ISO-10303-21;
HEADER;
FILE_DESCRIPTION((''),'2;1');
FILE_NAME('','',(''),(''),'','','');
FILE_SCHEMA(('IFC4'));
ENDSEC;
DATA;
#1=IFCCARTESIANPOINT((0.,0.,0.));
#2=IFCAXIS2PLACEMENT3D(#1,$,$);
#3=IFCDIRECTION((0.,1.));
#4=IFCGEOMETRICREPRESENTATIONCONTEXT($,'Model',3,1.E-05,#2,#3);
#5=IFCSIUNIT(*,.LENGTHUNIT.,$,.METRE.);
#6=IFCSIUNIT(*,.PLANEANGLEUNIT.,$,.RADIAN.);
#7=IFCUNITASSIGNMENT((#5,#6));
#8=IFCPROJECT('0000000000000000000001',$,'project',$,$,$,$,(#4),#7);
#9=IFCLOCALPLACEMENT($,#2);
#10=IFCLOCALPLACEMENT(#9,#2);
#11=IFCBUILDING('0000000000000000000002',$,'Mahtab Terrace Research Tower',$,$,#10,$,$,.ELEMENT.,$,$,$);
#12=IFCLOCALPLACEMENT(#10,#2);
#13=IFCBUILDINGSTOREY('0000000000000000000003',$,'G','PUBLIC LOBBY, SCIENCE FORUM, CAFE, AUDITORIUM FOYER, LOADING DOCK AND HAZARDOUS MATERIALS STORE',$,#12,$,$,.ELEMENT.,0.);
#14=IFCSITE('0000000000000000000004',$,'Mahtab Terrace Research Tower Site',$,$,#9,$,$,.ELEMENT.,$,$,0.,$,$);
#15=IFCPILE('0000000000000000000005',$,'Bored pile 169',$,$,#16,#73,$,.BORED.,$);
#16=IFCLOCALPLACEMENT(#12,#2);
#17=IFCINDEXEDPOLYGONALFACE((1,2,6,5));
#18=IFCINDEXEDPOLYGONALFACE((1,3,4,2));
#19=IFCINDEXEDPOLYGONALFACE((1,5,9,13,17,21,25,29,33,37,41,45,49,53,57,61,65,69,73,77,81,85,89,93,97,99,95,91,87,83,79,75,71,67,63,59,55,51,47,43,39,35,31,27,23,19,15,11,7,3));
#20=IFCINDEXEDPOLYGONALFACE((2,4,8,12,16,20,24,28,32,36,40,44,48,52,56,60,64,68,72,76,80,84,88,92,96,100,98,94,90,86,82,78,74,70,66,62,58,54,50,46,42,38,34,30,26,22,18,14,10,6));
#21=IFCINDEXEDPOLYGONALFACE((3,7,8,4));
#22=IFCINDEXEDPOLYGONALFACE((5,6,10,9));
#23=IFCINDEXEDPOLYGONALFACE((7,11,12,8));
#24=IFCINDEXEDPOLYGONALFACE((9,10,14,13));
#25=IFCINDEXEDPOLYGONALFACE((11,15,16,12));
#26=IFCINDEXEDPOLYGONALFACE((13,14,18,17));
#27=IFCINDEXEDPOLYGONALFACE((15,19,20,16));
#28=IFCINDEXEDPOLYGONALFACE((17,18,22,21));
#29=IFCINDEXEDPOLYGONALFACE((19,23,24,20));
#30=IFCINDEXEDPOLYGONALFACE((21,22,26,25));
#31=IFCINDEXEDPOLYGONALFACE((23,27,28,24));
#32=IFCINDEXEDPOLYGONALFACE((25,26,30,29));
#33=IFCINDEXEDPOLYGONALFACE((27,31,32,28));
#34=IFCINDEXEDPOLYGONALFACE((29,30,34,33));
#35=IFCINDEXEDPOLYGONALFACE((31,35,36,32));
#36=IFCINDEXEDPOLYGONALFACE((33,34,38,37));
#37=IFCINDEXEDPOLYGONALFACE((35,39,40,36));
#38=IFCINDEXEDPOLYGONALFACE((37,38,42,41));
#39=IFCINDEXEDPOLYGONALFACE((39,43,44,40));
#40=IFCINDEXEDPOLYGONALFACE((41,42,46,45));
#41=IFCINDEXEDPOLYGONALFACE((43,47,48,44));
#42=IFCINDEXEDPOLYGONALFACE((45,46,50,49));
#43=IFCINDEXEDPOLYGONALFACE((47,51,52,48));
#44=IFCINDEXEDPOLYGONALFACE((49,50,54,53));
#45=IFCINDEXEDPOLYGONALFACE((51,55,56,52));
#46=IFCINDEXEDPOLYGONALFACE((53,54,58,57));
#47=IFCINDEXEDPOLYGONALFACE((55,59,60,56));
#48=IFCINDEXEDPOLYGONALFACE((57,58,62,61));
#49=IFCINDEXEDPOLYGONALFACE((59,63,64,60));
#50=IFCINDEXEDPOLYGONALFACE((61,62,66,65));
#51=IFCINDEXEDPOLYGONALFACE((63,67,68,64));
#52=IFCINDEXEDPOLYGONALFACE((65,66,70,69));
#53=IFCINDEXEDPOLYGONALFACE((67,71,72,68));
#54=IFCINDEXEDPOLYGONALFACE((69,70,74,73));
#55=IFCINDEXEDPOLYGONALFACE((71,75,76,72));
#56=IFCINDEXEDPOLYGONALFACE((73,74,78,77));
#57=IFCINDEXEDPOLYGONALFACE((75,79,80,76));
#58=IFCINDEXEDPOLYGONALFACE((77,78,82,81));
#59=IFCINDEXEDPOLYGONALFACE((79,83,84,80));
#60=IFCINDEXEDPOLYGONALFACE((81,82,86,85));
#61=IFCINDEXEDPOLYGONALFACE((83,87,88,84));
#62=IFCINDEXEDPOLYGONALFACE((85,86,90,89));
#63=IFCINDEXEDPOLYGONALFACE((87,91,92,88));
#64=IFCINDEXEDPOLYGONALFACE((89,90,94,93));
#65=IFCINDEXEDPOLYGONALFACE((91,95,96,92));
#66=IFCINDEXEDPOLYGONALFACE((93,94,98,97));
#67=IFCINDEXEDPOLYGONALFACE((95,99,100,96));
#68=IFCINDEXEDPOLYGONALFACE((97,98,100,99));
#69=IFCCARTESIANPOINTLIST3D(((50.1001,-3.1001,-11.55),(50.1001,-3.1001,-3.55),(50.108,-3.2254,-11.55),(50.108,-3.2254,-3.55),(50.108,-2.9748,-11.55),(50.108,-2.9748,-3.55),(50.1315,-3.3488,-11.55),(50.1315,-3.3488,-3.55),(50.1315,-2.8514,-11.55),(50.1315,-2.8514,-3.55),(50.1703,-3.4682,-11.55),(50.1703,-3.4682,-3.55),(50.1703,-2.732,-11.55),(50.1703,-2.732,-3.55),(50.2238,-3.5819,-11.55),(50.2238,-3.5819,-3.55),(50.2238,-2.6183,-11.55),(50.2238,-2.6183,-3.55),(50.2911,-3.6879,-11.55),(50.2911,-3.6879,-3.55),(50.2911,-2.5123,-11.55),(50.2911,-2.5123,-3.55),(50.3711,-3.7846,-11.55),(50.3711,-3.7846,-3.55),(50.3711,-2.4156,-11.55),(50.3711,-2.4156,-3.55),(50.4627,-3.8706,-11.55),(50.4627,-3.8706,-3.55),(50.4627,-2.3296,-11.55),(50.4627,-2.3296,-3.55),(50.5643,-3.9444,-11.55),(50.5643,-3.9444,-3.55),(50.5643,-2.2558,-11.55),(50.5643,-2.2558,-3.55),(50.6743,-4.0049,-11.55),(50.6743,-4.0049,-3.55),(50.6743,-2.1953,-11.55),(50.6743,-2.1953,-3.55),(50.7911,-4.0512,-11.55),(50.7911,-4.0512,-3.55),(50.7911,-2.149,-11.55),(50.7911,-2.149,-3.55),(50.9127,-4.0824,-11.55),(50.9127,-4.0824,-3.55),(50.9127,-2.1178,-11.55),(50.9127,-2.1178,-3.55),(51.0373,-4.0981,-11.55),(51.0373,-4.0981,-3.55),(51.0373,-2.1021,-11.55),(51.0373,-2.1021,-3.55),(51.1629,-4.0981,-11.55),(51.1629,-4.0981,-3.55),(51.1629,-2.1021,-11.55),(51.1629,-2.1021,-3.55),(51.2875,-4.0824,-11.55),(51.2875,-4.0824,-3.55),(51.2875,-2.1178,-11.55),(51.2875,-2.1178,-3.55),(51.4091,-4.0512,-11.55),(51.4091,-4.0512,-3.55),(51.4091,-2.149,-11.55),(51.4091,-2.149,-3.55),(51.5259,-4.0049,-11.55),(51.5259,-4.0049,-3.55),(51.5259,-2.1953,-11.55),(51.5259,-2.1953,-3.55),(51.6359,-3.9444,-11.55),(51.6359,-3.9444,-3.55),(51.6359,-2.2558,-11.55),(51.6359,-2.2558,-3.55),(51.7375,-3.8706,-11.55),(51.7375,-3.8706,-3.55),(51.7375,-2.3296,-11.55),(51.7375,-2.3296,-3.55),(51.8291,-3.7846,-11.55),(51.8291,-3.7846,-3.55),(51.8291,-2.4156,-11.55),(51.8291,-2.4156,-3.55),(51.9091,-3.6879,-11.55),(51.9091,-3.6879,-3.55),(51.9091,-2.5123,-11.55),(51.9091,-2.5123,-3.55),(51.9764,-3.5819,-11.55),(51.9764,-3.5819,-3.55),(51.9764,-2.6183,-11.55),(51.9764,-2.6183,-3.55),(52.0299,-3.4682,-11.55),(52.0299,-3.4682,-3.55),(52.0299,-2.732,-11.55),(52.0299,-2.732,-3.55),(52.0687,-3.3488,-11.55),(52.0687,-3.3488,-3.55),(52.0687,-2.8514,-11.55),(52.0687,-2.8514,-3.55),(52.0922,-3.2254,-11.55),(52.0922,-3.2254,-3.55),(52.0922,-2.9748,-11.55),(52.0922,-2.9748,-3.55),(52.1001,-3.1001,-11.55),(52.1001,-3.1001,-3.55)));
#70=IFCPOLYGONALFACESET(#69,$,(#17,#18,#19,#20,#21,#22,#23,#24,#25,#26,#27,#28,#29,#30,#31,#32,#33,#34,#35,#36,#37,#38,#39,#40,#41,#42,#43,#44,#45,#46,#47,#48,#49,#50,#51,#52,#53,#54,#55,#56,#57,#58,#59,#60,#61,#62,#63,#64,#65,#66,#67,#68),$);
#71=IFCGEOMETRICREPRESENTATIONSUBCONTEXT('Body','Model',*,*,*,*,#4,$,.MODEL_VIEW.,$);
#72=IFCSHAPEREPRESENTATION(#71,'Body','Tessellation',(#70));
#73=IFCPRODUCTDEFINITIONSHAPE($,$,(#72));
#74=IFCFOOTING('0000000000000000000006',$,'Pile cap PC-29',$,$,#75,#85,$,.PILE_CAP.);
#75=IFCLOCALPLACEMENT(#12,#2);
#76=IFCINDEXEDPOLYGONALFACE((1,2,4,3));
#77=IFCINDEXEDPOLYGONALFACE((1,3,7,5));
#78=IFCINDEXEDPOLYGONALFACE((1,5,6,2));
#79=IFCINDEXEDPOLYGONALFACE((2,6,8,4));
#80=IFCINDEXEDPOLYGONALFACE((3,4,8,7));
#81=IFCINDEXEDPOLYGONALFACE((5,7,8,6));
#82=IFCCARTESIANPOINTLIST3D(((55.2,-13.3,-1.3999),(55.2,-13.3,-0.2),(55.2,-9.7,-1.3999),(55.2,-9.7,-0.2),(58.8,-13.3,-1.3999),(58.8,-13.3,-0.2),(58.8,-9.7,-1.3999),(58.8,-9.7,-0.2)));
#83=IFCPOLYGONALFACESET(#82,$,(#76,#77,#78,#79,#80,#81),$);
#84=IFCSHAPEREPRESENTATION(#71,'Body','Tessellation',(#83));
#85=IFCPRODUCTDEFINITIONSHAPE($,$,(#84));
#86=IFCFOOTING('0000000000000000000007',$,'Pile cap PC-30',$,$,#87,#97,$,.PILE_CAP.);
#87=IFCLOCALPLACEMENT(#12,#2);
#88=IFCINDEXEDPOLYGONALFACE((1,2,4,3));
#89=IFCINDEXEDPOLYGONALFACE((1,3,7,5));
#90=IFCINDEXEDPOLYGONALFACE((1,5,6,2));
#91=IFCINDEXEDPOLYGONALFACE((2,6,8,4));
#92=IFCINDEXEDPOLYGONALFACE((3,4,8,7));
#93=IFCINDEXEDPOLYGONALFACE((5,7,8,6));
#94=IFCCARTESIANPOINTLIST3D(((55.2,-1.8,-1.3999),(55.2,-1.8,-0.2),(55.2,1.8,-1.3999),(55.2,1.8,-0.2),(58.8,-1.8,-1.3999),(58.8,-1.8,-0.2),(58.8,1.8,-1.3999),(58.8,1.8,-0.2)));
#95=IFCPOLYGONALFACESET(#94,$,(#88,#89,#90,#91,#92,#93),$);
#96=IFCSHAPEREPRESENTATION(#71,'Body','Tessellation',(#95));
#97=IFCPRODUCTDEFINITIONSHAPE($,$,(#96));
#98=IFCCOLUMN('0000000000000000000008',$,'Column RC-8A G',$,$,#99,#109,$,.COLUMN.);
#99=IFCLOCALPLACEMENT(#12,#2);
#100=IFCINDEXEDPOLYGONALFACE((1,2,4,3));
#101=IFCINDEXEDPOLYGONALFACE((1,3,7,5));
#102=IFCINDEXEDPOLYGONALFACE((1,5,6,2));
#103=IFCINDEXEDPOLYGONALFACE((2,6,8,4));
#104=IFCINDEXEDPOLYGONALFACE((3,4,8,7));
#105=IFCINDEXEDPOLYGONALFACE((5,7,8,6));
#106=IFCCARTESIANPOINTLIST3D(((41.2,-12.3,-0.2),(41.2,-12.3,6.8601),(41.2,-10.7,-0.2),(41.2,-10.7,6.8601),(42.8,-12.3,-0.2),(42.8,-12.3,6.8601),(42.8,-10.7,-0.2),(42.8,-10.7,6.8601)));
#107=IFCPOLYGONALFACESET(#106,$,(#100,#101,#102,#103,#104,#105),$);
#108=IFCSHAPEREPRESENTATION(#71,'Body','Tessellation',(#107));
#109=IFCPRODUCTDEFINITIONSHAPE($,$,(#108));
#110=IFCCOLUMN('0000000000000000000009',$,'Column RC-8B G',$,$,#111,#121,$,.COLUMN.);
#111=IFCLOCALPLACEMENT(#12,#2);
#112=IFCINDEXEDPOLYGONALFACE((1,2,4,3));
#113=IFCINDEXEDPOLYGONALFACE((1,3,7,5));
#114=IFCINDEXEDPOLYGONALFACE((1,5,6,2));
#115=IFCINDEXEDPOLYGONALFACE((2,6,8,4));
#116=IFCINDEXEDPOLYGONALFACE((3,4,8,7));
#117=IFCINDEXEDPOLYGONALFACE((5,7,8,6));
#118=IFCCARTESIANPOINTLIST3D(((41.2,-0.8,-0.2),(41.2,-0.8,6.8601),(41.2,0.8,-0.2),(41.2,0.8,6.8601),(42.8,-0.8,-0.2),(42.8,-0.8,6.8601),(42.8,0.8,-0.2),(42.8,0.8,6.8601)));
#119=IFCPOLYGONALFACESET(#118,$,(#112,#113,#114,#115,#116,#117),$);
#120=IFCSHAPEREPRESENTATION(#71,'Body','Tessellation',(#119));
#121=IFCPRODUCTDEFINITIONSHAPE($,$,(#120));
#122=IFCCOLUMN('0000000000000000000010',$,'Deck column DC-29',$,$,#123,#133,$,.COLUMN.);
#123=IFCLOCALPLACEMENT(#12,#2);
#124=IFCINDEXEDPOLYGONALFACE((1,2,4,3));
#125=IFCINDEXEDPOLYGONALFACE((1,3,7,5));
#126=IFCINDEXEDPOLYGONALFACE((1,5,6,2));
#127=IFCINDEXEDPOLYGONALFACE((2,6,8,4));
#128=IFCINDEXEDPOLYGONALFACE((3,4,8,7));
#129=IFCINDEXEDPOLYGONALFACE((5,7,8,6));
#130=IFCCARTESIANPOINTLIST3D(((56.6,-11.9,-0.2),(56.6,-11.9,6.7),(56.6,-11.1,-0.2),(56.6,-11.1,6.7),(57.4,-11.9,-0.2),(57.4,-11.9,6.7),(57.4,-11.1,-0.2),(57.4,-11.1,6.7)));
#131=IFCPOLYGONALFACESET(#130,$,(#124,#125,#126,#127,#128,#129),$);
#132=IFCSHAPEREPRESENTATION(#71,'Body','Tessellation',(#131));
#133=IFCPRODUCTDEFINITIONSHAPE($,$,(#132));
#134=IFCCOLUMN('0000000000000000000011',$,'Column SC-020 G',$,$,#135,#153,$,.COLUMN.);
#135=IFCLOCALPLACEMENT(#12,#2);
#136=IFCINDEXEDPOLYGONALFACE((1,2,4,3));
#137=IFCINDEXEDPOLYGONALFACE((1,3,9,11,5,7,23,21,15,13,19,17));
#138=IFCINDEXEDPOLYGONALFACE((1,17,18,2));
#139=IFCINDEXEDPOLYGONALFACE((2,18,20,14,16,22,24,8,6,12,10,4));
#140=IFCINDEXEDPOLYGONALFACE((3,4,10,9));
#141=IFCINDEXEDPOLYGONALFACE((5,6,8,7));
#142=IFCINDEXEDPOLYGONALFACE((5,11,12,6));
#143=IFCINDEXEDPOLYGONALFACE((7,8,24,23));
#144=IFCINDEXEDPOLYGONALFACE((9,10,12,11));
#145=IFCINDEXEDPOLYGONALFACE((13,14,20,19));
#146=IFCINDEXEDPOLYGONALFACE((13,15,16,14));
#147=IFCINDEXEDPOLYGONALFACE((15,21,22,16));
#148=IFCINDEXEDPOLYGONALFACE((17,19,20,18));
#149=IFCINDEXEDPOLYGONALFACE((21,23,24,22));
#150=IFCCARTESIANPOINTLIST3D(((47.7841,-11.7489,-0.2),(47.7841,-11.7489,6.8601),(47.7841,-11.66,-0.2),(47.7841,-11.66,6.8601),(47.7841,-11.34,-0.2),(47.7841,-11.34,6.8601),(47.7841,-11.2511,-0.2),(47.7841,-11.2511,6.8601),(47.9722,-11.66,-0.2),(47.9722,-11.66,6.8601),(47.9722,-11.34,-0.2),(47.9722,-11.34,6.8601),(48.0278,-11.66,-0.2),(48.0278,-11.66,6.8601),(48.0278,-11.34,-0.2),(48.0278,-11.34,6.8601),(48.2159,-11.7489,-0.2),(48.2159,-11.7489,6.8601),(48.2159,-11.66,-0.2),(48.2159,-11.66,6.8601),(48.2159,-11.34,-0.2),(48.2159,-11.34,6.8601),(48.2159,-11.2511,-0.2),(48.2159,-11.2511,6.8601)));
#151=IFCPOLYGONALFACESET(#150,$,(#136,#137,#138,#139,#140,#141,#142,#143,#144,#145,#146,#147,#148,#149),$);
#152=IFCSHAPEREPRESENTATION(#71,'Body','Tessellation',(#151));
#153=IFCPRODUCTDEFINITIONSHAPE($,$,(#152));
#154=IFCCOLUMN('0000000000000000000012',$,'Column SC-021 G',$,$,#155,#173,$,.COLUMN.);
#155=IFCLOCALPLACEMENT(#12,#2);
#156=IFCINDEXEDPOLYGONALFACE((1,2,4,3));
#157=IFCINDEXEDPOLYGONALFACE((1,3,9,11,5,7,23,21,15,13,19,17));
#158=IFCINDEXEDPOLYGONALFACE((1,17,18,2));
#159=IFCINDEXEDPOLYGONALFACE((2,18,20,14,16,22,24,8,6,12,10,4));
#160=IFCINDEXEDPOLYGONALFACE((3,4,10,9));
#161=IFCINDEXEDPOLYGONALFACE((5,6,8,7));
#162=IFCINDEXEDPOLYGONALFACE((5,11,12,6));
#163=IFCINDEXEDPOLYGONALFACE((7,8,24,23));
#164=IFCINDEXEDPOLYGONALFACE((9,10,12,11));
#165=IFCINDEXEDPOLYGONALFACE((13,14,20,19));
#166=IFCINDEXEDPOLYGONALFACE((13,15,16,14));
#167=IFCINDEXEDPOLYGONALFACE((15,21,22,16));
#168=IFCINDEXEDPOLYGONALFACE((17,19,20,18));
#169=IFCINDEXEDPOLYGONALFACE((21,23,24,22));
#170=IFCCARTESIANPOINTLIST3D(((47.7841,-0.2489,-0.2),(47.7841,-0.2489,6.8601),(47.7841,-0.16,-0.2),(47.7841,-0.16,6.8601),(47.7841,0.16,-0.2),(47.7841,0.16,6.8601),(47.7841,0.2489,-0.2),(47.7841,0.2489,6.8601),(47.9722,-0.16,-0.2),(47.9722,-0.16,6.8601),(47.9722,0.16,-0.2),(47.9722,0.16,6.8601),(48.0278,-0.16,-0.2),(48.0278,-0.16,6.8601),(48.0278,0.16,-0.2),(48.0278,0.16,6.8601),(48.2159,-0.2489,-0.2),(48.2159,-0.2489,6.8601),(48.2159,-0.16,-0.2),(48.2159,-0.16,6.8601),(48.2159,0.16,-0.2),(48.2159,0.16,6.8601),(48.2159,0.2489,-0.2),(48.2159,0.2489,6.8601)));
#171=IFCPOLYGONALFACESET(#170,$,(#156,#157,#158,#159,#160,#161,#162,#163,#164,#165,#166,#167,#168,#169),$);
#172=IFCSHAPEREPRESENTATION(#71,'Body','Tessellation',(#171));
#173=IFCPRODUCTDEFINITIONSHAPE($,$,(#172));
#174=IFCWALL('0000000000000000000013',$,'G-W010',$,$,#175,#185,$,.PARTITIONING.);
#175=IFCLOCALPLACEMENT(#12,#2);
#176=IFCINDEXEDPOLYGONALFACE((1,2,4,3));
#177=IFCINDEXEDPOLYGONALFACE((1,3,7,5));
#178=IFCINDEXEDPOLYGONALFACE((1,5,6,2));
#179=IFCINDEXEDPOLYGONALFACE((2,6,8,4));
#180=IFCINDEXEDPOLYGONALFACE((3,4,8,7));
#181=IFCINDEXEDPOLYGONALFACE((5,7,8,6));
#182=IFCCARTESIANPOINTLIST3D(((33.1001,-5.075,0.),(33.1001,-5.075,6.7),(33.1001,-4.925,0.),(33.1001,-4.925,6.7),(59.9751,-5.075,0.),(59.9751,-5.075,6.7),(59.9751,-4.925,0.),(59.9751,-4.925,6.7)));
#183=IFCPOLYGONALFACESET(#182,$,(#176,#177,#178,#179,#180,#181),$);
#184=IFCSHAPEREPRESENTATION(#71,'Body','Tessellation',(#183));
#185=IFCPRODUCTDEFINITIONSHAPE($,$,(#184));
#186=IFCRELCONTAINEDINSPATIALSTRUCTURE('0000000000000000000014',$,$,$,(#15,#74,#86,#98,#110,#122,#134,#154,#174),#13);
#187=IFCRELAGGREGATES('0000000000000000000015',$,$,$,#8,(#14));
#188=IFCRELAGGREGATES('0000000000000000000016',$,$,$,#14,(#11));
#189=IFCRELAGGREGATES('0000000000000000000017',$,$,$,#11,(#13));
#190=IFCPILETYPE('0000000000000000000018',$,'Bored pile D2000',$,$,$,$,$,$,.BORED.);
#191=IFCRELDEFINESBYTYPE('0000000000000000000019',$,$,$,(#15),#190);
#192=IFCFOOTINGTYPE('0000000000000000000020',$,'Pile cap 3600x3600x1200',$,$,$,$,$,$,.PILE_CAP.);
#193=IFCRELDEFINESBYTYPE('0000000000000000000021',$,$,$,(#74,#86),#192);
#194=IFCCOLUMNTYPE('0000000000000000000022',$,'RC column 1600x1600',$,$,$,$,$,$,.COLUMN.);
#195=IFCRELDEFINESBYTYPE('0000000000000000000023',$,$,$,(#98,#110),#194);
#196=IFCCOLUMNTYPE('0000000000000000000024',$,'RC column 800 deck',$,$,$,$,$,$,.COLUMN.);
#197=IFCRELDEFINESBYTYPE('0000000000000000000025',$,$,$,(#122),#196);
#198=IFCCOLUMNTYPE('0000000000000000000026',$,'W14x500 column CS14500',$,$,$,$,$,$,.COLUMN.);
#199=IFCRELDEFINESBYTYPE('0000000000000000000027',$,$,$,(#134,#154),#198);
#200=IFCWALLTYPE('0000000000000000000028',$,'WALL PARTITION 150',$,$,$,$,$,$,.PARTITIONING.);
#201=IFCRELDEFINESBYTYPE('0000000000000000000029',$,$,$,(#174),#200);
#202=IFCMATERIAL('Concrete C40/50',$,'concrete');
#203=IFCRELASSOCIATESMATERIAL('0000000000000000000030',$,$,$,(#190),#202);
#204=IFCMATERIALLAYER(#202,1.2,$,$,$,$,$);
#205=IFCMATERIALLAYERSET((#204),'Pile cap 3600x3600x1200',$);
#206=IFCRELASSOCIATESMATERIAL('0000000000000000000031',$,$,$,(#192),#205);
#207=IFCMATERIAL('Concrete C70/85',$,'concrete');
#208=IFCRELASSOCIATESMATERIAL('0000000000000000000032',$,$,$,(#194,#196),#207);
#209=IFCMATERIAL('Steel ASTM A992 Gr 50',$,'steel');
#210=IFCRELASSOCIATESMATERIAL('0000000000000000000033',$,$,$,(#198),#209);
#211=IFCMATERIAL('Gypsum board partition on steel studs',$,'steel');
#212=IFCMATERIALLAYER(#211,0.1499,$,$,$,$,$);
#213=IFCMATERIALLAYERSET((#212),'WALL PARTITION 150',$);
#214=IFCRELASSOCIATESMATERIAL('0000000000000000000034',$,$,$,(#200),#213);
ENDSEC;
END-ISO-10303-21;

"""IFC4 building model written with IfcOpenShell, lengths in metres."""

from ifc_helpers import new_model, si_unit, direction, frame, frame_2d, origin, origin_2d, place, context, subcontext, project, spatial, rectangle, circle, i_section, extrude, material, layer, layer_set, material_profile, profile_set, type_object, element, save


model = new_model("IFC4")

# Units and contexts
model_context = context("Model", 3, precision=1e-05, world=origin(), true_north=direction((0.0, 1.0)))
body_context = subcontext(model_context, "Body", "Model", "MODEL_VIEW")
ifc_project = project(units=[si_unit("LENGTHUNIT", "METRE"), si_unit("PLANEANGLEUNIT", "RADIAN")], contexts=[model_context])

# Site, building, storey
site_placement = place(None, origin())
site = spatial("IfcSite", under=ifc_project, at=site_placement, Name="Mahtab Terrace Research Tower Site", CompositionType="ELEMENT", RefElevation=0.0)
building_placement = place(site_placement, origin())
building = spatial("IfcBuilding", under=site, at=building_placement, Name="Mahtab Terrace Research Tower", CompositionType="ELEMENT")
storey_placement = place(building_placement, origin())
storey = spatial("IfcBuildingStorey", under=building, at=storey_placement, Name="G", Description="PUBLIC LOBBY, SCIENCE FORUM, CAFE, AUDITORIUM FOYER, LOADING DOCK AND HAZARDOUS MATERIALS STORE", CompositionType="ELEMENT", Elevation=0.0)

# Pile
ifc_material_1 = material(Name="Concrete C40/50", Category="concrete")
ifc_material_profile_1 = material_profile(ifc_material_1, circle(Radius=1.0, at=origin_2d()), Name="Bored pile D2000")
ifc_profile_set_1 = profile_set([ifc_material_profile_1], Name="Concrete C40/50")
pile_type_1 = type_object("IfcPileType", Name="Bored pile D2000", PredefinedType="BORED", material=ifc_profile_set_1)
for number, where, z_axis, x_axis, name in (
    (1, (51.1001, -3.1001, -3.55), (0.0, 0.0, -1.0), (1.0, 0.0, 0.0), "Bored pile 169"),
):
    element("IfcPile", number, at=place(storey_placement, frame(where, z_axis=z_axis, x_axis=x_axis)), inside=storey, type_object=pile_type_1, Name=name, PredefinedType="BORED", context=body_context, shape_type="SweptSolid", body=[
        extrude(circle(Radius=1.0, at=origin_2d()), origin(), (0.0, 0.0, 1.0), 8.0),
    ])

# Footings
ifc_layer_1 = layer(ifc_material_1, 1.2)
ifc_layer_set_1 = layer_set([ifc_layer_1], Name="Pile cap 3600x3600x1200")
footing_type = type_object("IfcFootingType", Name="Pile cap 3600x3600x1200", PredefinedType="PILE_CAP", material=ifc_layer_set_1)
for number, where, z_axis, x_axis, name in (
    (2, (57.0, -11.5, -1.3999), (0.0, 0.0, 1.0), (1.0, 0.0, 0.0), "Pile cap PC-29"),
    (3, (57.0, 0.0, -1.3999), (0.0, 0.0, 1.0), (1.0, 0.0, 0.0), "Pile cap PC-30"),
):
    element("IfcFooting", number, at=place(storey_placement, frame(where, z_axis=z_axis, x_axis=x_axis)), inside=storey, type_object=footing_type, Name=name, PredefinedType="PILE_CAP", context=body_context, shape_type="SweptSolid", body=[
        extrude(rectangle(XDim=3.6001, YDim=3.6001, at=origin_2d()), origin(), (0.0, 0.0, 1.0), 1.2),
    ])

# Columns
ifc_material_2 = material(Name="Concrete C70/85", Category="concrete")
ifc_material_profile_2 = material_profile(ifc_material_2, rectangle(XDim=1.6001, YDim=1.6001, at=origin_2d()), Name="RC column 1600x1600")
ifc_profile_set_2 = profile_set([ifc_material_profile_2], Name="Concrete C70/85")
column_type_1 = type_object("IfcColumnType", Name="RC column 1600x1600", PredefinedType="COLUMN", material=ifc_profile_set_2)
for number, where, z_axis, x_axis, name in (
    (4, (42.0, -11.5, -0.2), (0.0, 0.0, 1.0), (1.0, 0.0, 0.0), "Column RC-8A G"),
    (5, (42.0, 0.0, -0.2), (0.0, 0.0, 1.0), (1.0, 0.0, 0.0), "Column RC-8B G"),
):
    element("IfcColumn", number, at=place(storey_placement, frame(where, z_axis=z_axis, x_axis=x_axis)), inside=storey, type_object=column_type_1, Name=name, PredefinedType="COLUMN", context=body_context, shape_type="SweptSolid", body=[
        extrude(rectangle(XDim=1.6001, YDim=1.6001, at=origin_2d()), origin(), (0.0, 0.0, 1.0), 7.0601),
    ])
ifc_material_profile_3 = material_profile(ifc_material_2, rectangle(XDim=0.8, YDim=0.8, at=origin_2d()), Name="RC column 800 deck")
ifc_profile_set_3 = profile_set([ifc_material_profile_3], Name="Concrete C70/85")
column_type_2 = type_object("IfcColumnType", Name="RC column 800 deck", PredefinedType="COLUMN", material=ifc_profile_set_3)
column_placement = place(storey_placement, frame((57.0, -11.5, -0.2), z_axis=(0.0, 0.0, 1.0), x_axis=(1.0, 0.0, 0.0)))
element("IfcColumn", 6, at=column_placement, inside=storey, type_object=column_type_2, Name="Deck column DC-29", PredefinedType="COLUMN", context=body_context, shape_type="SweptSolid", body=[
    extrude(rectangle(XDim=0.8, YDim=0.8, at=origin_2d()), origin(), (0.0, 0.0, 1.0), 6.8999),
])
ifc_material_3 = material(Name="Steel ASTM A992 Gr 50", Category="steel")
ifc_material_profile_4 = material_profile(ifc_material_3, i_section(OverallWidth=0.4319, OverallDepth=0.4978, WebThickness=0.0557, FlangeThickness=0.0889, at=origin_2d()), Name="W14X500")
ifc_profile_set_4 = profile_set([ifc_material_profile_4], Name="Steel ASTM A992 Gr 50")
column_type_3 = type_object("IfcColumnType", Name="W14x500 column CS14500", PredefinedType="COLUMN", material=ifc_profile_set_4)
for number, where, z_axis, x_axis, name in (
    (7, (48.0, -11.5, -0.2), (0.0, 0.0, 1.0), (1.0, 0.0, 0.0), "Column SC-020 G"),
    (8, (48.0, 0.0, -0.2), (0.0, 0.0, 1.0), (1.0, 0.0, 0.0), "Column SC-021 G"),
):
    element("IfcColumn", number, at=place(storey_placement, frame(where, z_axis=z_axis, x_axis=x_axis)), inside=storey, type_object=column_type_3, Name=name, PredefinedType="COLUMN", context=body_context, shape_type="SweptSolid", body=[
        extrude(i_section(OverallWidth=0.4319, OverallDepth=0.4978, WebThickness=0.0557, FlangeThickness=0.0889, at=origin_2d()), origin(), (0.0, 0.0, 1.0), 7.0601),
    ])

# Wall
ifc_material_4 = material(Name="Gypsum board partition on steel studs", Category="steel")
ifc_layer_2 = layer(ifc_material_4, 0.1499)
ifc_layer_set_2 = layer_set([ifc_layer_2], Name="WALL PARTITION 150")
wall_type = type_object("IfcWallType", Name="WALL PARTITION 150", PredefinedType="PARTITIONING", material=ifc_layer_set_2)
wall_1_placement = place(storey_placement, frame((33.1001, -5.0, 0.0), z_axis=(0.0, 0.0, 1.0), x_axis=(1.0, 0.0, 0.0)))
element("IfcWall", 9, at=wall_1_placement, inside=storey, type_object=wall_type, Name="G-W010", PredefinedType="PARTITIONING", context=body_context, shape_type="SweptSolid", body=[
    extrude(rectangle(XDim=26.875, YDim=0.1499, at=frame_2d((13.4375, 0.0))), origin(), (0.0, 0.0, 1.0), 6.7),
])

save(model, "model.ifc")
